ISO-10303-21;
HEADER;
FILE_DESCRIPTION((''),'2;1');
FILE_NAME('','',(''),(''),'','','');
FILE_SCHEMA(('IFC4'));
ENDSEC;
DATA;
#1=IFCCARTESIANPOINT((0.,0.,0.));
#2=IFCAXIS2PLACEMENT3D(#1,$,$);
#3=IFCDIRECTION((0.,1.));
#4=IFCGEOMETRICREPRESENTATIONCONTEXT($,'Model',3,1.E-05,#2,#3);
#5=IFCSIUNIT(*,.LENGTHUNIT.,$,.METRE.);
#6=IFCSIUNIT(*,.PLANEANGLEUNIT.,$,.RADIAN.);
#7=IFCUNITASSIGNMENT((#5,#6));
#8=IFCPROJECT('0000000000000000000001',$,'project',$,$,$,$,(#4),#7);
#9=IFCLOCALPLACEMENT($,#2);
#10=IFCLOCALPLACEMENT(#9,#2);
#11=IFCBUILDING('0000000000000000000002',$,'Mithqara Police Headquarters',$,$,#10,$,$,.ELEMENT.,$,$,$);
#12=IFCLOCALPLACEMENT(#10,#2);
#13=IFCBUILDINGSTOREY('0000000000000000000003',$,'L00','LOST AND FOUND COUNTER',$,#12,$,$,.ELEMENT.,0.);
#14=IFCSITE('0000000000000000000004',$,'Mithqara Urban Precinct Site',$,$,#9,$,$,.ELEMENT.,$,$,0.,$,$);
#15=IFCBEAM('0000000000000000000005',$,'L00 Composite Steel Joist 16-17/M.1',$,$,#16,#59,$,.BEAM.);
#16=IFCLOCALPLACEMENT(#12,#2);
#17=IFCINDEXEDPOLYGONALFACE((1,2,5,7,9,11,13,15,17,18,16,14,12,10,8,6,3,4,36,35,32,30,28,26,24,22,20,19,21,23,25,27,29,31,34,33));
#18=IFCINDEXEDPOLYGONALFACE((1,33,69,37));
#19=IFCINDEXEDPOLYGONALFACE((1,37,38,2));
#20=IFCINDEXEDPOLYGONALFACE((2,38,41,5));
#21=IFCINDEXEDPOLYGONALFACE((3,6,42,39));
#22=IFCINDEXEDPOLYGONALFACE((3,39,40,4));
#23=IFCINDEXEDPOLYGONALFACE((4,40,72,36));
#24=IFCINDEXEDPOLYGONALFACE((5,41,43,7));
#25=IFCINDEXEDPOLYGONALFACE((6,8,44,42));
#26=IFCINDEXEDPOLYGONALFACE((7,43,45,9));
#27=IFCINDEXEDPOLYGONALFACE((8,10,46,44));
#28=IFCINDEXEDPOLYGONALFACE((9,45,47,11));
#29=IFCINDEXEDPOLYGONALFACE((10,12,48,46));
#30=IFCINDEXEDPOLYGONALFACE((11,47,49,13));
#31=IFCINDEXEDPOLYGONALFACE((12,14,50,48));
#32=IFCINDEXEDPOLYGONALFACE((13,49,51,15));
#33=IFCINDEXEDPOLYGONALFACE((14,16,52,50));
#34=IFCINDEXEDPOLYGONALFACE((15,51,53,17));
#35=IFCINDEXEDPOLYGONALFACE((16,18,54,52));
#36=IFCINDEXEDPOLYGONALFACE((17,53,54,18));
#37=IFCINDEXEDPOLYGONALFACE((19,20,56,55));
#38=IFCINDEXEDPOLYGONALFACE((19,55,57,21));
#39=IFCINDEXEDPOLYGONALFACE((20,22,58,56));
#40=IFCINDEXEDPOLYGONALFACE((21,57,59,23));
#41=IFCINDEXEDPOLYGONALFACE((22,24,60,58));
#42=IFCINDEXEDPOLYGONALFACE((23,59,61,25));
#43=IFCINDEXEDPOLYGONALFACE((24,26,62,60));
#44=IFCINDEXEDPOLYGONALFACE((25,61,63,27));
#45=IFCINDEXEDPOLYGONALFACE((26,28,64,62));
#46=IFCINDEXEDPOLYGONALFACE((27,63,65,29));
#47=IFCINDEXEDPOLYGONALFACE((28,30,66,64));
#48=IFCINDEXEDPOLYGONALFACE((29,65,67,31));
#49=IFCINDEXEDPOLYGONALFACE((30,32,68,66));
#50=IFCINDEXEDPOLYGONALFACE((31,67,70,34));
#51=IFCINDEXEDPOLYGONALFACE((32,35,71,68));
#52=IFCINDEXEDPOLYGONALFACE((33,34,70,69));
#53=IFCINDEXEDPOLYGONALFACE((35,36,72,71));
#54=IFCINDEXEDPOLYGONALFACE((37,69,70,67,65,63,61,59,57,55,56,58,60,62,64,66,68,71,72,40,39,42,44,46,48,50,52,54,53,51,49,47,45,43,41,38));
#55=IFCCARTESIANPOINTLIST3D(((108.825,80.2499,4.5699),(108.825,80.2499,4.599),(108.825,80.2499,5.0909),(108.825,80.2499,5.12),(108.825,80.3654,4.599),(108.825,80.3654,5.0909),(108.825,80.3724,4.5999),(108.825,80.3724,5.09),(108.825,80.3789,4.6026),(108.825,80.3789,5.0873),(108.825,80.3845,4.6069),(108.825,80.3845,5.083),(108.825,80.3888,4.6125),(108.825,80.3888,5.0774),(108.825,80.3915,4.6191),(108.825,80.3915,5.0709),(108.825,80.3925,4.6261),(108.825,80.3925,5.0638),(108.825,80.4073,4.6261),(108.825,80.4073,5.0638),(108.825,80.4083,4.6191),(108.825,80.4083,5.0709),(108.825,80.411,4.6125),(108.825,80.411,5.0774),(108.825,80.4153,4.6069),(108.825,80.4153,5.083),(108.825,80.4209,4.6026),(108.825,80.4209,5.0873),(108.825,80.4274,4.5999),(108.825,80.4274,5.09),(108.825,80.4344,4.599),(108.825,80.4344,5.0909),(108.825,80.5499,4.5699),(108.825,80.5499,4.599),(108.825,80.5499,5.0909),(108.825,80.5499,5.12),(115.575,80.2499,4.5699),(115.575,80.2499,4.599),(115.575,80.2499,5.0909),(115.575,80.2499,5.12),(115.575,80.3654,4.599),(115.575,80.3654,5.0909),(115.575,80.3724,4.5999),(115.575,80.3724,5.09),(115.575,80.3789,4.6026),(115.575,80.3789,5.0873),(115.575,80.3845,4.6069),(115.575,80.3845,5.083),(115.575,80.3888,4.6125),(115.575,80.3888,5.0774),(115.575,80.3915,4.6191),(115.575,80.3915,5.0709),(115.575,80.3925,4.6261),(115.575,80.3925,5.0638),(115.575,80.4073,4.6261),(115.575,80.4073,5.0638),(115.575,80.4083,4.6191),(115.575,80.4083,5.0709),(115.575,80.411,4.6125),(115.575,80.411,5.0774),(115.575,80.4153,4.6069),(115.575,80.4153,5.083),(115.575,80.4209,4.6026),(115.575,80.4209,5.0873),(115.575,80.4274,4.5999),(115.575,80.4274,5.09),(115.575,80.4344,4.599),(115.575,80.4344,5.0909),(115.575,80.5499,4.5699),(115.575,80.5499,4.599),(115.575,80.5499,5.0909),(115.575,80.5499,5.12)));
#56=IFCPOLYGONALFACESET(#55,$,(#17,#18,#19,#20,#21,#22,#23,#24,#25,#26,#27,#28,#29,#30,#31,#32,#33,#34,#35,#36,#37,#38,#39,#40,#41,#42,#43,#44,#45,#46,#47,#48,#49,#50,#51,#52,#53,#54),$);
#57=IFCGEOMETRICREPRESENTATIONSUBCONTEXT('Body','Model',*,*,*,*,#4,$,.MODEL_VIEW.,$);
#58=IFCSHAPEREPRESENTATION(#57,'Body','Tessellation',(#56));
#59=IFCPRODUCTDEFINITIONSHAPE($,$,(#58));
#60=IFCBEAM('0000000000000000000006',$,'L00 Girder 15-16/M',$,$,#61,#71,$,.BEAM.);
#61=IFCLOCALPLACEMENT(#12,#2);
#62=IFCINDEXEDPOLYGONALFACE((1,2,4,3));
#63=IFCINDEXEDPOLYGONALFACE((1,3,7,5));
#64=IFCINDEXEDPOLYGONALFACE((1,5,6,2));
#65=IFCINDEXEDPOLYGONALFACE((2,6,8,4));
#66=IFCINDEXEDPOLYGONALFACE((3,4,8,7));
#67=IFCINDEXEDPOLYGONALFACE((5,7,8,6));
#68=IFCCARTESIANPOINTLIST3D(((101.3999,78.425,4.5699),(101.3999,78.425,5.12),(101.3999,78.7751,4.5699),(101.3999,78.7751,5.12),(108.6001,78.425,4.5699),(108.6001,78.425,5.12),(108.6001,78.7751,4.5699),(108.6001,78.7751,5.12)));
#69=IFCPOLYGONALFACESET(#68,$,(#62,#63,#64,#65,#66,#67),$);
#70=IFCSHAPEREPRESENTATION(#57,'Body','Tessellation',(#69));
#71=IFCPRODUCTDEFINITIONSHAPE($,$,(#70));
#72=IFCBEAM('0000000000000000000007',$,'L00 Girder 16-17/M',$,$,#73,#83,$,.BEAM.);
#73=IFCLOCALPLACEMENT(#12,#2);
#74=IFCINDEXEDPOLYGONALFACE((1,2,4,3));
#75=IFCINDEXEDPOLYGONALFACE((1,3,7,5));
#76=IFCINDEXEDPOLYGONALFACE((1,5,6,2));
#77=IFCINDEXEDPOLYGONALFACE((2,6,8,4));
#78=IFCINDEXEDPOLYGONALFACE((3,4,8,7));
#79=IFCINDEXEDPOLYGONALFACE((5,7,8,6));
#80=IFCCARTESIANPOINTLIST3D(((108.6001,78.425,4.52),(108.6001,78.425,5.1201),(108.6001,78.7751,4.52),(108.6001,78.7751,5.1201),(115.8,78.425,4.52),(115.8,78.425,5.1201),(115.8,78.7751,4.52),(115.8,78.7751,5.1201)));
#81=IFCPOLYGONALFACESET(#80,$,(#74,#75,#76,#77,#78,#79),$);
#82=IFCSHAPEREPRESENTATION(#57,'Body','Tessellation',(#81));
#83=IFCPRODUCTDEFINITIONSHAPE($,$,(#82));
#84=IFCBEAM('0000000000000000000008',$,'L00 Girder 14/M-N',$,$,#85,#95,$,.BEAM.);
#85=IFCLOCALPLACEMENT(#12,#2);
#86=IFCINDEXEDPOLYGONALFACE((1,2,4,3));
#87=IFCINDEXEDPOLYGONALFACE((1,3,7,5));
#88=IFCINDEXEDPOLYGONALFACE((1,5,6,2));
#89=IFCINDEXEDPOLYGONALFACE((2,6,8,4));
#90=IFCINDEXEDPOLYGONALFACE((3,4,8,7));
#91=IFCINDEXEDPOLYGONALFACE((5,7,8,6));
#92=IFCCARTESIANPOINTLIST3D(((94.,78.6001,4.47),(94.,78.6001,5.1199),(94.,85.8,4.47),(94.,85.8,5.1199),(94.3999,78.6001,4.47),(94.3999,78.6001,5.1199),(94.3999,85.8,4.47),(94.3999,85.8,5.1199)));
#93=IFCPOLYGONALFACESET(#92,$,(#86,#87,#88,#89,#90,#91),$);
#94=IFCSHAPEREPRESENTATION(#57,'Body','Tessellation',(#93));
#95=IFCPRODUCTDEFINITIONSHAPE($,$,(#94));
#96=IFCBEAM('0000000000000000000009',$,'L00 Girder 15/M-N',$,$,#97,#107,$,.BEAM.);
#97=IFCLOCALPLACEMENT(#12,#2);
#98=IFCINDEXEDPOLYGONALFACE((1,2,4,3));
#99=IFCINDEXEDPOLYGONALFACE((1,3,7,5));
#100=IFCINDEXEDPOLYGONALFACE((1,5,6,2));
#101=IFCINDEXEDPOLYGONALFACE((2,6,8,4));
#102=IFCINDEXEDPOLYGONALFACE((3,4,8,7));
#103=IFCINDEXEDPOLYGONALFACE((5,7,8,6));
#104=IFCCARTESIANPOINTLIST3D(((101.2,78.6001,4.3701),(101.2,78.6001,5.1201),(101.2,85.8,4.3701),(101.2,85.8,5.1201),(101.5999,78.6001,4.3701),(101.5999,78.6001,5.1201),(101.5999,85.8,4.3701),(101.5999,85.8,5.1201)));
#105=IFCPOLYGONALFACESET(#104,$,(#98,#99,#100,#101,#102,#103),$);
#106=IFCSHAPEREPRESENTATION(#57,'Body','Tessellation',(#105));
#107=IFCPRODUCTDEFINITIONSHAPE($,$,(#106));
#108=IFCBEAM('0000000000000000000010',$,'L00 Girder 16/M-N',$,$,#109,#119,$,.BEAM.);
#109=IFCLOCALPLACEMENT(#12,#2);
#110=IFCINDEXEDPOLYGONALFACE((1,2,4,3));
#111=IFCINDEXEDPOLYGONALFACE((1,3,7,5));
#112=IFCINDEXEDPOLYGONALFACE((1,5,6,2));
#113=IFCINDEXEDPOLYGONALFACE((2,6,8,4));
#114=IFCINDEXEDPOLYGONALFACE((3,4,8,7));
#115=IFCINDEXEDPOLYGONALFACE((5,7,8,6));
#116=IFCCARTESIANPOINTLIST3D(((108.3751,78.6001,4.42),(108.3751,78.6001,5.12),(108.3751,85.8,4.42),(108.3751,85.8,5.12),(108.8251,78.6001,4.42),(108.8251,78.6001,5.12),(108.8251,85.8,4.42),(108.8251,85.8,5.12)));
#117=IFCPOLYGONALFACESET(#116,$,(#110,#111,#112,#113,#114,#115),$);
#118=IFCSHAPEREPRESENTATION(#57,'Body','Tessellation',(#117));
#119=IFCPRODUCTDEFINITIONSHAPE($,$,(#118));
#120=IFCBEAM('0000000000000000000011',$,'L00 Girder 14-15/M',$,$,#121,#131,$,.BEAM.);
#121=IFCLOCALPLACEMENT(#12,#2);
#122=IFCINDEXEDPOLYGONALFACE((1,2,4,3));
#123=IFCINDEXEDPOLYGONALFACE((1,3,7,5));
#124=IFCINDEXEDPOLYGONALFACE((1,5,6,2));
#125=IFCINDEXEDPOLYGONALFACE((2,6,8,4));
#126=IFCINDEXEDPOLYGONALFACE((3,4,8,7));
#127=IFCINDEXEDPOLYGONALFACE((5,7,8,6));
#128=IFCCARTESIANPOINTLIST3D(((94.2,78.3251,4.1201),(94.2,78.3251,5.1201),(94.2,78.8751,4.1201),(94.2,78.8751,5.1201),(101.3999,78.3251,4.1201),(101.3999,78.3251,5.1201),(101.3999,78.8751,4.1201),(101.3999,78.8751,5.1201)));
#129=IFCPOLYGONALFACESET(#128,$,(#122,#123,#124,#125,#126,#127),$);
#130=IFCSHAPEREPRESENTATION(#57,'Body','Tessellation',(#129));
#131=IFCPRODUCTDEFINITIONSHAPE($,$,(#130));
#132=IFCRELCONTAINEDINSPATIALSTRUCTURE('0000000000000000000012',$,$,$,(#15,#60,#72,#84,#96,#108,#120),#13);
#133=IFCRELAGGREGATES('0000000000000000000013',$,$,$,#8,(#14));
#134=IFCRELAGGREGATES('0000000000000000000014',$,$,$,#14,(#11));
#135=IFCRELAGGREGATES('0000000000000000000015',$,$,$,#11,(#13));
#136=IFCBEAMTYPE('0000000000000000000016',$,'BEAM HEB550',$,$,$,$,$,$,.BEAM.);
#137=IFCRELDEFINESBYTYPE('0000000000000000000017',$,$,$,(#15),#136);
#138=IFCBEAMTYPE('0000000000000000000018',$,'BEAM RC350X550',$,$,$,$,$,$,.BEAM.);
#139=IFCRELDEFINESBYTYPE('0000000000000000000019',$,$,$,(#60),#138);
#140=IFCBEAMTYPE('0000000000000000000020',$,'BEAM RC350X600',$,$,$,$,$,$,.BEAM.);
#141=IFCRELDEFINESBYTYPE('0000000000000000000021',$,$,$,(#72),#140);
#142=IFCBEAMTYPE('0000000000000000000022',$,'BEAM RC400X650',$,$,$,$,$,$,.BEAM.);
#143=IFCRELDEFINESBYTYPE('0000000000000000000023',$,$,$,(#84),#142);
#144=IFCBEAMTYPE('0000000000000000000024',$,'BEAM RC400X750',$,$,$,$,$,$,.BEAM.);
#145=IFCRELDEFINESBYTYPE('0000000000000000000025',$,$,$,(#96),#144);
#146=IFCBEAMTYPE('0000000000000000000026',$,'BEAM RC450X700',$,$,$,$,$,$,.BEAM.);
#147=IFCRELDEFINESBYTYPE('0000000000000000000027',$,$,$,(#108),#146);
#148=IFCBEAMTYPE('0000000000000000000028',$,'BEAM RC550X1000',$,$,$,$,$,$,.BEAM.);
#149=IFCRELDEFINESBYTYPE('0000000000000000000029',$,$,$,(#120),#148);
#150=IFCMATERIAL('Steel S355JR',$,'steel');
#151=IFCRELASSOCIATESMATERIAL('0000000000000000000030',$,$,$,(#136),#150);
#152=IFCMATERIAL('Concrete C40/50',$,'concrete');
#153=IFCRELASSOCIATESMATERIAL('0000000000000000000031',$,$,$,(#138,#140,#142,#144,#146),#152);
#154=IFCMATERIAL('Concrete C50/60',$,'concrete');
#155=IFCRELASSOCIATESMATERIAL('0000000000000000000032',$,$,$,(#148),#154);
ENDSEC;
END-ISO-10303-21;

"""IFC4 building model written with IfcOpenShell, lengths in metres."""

from ifc_helpers import new_model, si_unit, direction, frame, origin, origin_2d, place, context, subcontext, project, spatial, rectangle, i_section, extrude, material, material_profile, profile_set, type_object, element, save


model = new_model("IFC4")

# Units and contexts
model_context = context("Model", 3, precision=1e-05, world=origin(), true_north=direction((0.0, 1.0)))
body_context = subcontext(model_context, "Body", "Model", "MODEL_VIEW")
ifc_project = project(units=[si_unit("LENGTHUNIT", "METRE"), si_unit("PLANEANGLEUNIT", "RADIAN")], contexts=[model_context])

# Site, building, storey
site_placement = place(None, origin())
site = spatial("IfcSite", under=ifc_project, at=site_placement, Name="Mithqara Urban Precinct Site", CompositionType="ELEMENT", RefElevation=0.0)
building_placement = place(site_placement, origin())
building = spatial("IfcBuilding", under=site, at=building_placement, Name="Mithqara Police Headquarters", CompositionType="ELEMENT")
storey_placement = place(building_placement, origin())
storey = spatial("IfcBuildingStorey", under=building, at=storey_placement, Name="L00", Description="LOST AND FOUND COUNTER", CompositionType="ELEMENT", Elevation=0.0)

# Shared definitions
ifc_material_1 = material(Name="Concrete C50/60", Category="concrete")

# Beams
ifc_material_2 = material(Name="Steel S355JR", Category="steel")
ifc_material_profile_1 = material_profile(ifc_material_2, i_section(OverallWidth=0.3, OverallDepth=0.55, WebThickness=0.0149, FlangeThickness=0.0291, FilletRadius=0.0271, at=origin_2d()), Name="HEB 550")
ifc_profile_set_1 = profile_set([ifc_material_profile_1], Name="Steel S355JR")
beam_type_1 = type_object("IfcBeamType", Name="BEAM HEB550", PredefinedType="BEAM", material=ifc_profile_set_1)
beam_1_placement = place(storey_placement, frame((108.825, 80.3999, 4.845), z_axis=(1.0, 0.0, 0.0), x_axis=(0.0, 1.0, 0.0)))
element("IfcBeam", 1, at=beam_1_placement, inside=storey, type_object=beam_type_1, Name="L00 Composite Steel Joist 16-17/M.1", PredefinedType="BEAM", context=body_context, shape_type="SweptSolid", body=[
    extrude(i_section(OverallWidth=0.3, OverallDepth=0.55, WebThickness=0.0149, FlangeThickness=0.0291, FilletRadius=0.0271, at=origin_2d()), origin(), (0.0, 0.0, 1.0), 6.75),
])
ifc_material_3 = material(Name="Concrete C40/50", Category="concrete")
ifc_material_profile_2 = material_profile(ifc_material_3, rectangle(XDim=0.3501, YDim=0.55, at=origin_2d()), Name="RC 350x550")
ifc_profile_set_2 = profile_set([ifc_material_profile_2], Name="Concrete C40/50")
beam_type_2 = type_object("IfcBeamType", Name="BEAM RC350X550", PredefinedType="BEAM", material=ifc_profile_set_2)
beam_2_placement = place(storey_placement, frame((101.3999, 78.6001, 4.845), z_axis=(1.0, 0.0, 0.0), x_axis=(0.0, 1.0, 0.0)))
element("IfcBeam", 2, at=beam_2_placement, inside=storey, type_object=beam_type_2, Name="L00 Girder 15-16/M", PredefinedType="BEAM", context=body_context, shape_type="SweptSolid", body=[
    extrude(rectangle(XDim=0.3501, YDim=0.55, at=origin_2d()), origin(), (0.0, 0.0, 1.0), 7.2002),
])
ifc_material_profile_3 = material_profile(ifc_material_3, rectangle(XDim=0.3501, YDim=0.6001, at=origin_2d()), Name="RC 350x600")
ifc_profile_set_3 = profile_set([ifc_material_profile_3], Name="Concrete C40/50")
beam_type_3 = type_object("IfcBeamType", Name="BEAM RC350X600", PredefinedType="BEAM", material=ifc_profile_set_3)
beam_3_placement = place(storey_placement, frame((108.6001, 78.6001, 4.8201), z_axis=(1.0, 0.0, 0.0), x_axis=(0.0, 1.0, 0.0)))
element("IfcBeam", 3, at=beam_3_placement, inside=storey, type_object=beam_type_3, Name="L00 Girder 16-17/M", PredefinedType="BEAM", context=body_context, shape_type="SweptSolid", body=[
    extrude(rectangle(XDim=0.3501, YDim=0.6001, at=origin_2d()), origin(), (0.0, 0.0, 1.0), 7.2),
])
ifc_material_profile_4 = material_profile(ifc_material_3, rectangle(XDim=0.3999, YDim=0.6499, at=origin_2d()), Name="RC 400x650")
ifc_profile_set_4 = profile_set([ifc_material_profile_4], Name="Concrete C40/50")
beam_type_4 = type_object("IfcBeamType", Name="BEAM RC400X650", PredefinedType="BEAM", material=ifc_profile_set_4)
beam_4_placement = place(storey_placement, frame((94.2, 78.6001, 4.7949), z_axis=(0.0, 1.0, 0.0), x_axis=(-1.0, 0.0, 0.0)))
element("IfcBeam", 4, at=beam_4_placement, inside=storey, type_object=beam_type_4, Name="L00 Girder 14/M-N", PredefinedType="BEAM", context=body_context, shape_type="SweptSolid", body=[
    extrude(rectangle(XDim=0.3999, YDim=0.6499, at=origin_2d()), origin(), (0.0, 0.0, 1.0), 7.2),
])
ifc_material_profile_5 = material_profile(ifc_material_3, rectangle(XDim=0.3999, YDim=0.75, at=origin_2d()), Name="RC 400x750")
ifc_profile_set_5 = profile_set([ifc_material_profile_5], Name="Concrete C40/50")
beam_type_5 = type_object("IfcBeamType", Name="BEAM RC400X750", PredefinedType="BEAM", material=ifc_profile_set_5)
beam_5_placement = place(storey_placement, frame((101.3999, 78.6001, 4.7451), z_axis=(0.0, 1.0, 0.0), x_axis=(-1.0, 0.0, 0.0)))
element("IfcBeam", 5, at=beam_5_placement, inside=storey, type_object=beam_type_5, Name="L00 Girder 15/M-N", PredefinedType="BEAM", context=body_context, shape_type="SweptSolid", body=[
    extrude(rectangle(XDim=0.3999, YDim=0.75, at=origin_2d()), origin(), (0.0, 0.0, 1.0), 7.2),
])
ifc_material_profile_6 = material_profile(ifc_material_3, rectangle(XDim=0.45, YDim=0.7, at=origin_2d()), Name="RC 450x700")
ifc_profile_set_6 = profile_set([ifc_material_profile_6], Name="Concrete C40/50")
beam_type_6 = type_object("IfcBeamType", Name="BEAM RC450X700", PredefinedType="BEAM", material=ifc_profile_set_6)
beam_6_placement = place(storey_placement, frame((108.6001, 78.6001, 4.77), z_axis=(0.0, 1.0, 0.0), x_axis=(-1.0, 0.0, 0.0)))
element("IfcBeam", 6, at=beam_6_placement, inside=storey, type_object=beam_type_6, Name="L00 Girder 16/M-N", PredefinedType="BEAM", context=body_context, shape_type="SweptSolid", body=[
    extrude(rectangle(XDim=0.45, YDim=0.7, at=origin_2d()), origin(), (0.0, 0.0, 1.0), 7.2),
])
ifc_material_profile_7 = material_profile(ifc_material_1, rectangle(XDim=0.55, YDim=1.0, at=origin_2d()), Name="RC 550x1000")
ifc_profile_set_7 = profile_set([ifc_material_profile_7], Name="Concrete C50/60")
beam_type_7 = type_object("IfcBeamType", Name="BEAM RC550X1000", PredefinedType="BEAM", material=ifc_profile_set_7)
beam_7_placement = place(storey_placement, frame((94.2, 78.6001, 4.6201), z_axis=(1.0, 0.0, 0.0), x_axis=(0.0, 1.0, 0.0)))
element("IfcBeam", 7, at=beam_7_placement, inside=storey, type_object=beam_type_7, Name="L00 Girder 14-15/M", PredefinedType="BEAM", context=body_context, shape_type="SweptSolid", body=[
    extrude(rectangle(XDim=0.55, YDim=1.0, at=origin_2d()), origin(), (0.0, 0.0, 1.0), 7.2),
])

save(model, "model.ifc")
